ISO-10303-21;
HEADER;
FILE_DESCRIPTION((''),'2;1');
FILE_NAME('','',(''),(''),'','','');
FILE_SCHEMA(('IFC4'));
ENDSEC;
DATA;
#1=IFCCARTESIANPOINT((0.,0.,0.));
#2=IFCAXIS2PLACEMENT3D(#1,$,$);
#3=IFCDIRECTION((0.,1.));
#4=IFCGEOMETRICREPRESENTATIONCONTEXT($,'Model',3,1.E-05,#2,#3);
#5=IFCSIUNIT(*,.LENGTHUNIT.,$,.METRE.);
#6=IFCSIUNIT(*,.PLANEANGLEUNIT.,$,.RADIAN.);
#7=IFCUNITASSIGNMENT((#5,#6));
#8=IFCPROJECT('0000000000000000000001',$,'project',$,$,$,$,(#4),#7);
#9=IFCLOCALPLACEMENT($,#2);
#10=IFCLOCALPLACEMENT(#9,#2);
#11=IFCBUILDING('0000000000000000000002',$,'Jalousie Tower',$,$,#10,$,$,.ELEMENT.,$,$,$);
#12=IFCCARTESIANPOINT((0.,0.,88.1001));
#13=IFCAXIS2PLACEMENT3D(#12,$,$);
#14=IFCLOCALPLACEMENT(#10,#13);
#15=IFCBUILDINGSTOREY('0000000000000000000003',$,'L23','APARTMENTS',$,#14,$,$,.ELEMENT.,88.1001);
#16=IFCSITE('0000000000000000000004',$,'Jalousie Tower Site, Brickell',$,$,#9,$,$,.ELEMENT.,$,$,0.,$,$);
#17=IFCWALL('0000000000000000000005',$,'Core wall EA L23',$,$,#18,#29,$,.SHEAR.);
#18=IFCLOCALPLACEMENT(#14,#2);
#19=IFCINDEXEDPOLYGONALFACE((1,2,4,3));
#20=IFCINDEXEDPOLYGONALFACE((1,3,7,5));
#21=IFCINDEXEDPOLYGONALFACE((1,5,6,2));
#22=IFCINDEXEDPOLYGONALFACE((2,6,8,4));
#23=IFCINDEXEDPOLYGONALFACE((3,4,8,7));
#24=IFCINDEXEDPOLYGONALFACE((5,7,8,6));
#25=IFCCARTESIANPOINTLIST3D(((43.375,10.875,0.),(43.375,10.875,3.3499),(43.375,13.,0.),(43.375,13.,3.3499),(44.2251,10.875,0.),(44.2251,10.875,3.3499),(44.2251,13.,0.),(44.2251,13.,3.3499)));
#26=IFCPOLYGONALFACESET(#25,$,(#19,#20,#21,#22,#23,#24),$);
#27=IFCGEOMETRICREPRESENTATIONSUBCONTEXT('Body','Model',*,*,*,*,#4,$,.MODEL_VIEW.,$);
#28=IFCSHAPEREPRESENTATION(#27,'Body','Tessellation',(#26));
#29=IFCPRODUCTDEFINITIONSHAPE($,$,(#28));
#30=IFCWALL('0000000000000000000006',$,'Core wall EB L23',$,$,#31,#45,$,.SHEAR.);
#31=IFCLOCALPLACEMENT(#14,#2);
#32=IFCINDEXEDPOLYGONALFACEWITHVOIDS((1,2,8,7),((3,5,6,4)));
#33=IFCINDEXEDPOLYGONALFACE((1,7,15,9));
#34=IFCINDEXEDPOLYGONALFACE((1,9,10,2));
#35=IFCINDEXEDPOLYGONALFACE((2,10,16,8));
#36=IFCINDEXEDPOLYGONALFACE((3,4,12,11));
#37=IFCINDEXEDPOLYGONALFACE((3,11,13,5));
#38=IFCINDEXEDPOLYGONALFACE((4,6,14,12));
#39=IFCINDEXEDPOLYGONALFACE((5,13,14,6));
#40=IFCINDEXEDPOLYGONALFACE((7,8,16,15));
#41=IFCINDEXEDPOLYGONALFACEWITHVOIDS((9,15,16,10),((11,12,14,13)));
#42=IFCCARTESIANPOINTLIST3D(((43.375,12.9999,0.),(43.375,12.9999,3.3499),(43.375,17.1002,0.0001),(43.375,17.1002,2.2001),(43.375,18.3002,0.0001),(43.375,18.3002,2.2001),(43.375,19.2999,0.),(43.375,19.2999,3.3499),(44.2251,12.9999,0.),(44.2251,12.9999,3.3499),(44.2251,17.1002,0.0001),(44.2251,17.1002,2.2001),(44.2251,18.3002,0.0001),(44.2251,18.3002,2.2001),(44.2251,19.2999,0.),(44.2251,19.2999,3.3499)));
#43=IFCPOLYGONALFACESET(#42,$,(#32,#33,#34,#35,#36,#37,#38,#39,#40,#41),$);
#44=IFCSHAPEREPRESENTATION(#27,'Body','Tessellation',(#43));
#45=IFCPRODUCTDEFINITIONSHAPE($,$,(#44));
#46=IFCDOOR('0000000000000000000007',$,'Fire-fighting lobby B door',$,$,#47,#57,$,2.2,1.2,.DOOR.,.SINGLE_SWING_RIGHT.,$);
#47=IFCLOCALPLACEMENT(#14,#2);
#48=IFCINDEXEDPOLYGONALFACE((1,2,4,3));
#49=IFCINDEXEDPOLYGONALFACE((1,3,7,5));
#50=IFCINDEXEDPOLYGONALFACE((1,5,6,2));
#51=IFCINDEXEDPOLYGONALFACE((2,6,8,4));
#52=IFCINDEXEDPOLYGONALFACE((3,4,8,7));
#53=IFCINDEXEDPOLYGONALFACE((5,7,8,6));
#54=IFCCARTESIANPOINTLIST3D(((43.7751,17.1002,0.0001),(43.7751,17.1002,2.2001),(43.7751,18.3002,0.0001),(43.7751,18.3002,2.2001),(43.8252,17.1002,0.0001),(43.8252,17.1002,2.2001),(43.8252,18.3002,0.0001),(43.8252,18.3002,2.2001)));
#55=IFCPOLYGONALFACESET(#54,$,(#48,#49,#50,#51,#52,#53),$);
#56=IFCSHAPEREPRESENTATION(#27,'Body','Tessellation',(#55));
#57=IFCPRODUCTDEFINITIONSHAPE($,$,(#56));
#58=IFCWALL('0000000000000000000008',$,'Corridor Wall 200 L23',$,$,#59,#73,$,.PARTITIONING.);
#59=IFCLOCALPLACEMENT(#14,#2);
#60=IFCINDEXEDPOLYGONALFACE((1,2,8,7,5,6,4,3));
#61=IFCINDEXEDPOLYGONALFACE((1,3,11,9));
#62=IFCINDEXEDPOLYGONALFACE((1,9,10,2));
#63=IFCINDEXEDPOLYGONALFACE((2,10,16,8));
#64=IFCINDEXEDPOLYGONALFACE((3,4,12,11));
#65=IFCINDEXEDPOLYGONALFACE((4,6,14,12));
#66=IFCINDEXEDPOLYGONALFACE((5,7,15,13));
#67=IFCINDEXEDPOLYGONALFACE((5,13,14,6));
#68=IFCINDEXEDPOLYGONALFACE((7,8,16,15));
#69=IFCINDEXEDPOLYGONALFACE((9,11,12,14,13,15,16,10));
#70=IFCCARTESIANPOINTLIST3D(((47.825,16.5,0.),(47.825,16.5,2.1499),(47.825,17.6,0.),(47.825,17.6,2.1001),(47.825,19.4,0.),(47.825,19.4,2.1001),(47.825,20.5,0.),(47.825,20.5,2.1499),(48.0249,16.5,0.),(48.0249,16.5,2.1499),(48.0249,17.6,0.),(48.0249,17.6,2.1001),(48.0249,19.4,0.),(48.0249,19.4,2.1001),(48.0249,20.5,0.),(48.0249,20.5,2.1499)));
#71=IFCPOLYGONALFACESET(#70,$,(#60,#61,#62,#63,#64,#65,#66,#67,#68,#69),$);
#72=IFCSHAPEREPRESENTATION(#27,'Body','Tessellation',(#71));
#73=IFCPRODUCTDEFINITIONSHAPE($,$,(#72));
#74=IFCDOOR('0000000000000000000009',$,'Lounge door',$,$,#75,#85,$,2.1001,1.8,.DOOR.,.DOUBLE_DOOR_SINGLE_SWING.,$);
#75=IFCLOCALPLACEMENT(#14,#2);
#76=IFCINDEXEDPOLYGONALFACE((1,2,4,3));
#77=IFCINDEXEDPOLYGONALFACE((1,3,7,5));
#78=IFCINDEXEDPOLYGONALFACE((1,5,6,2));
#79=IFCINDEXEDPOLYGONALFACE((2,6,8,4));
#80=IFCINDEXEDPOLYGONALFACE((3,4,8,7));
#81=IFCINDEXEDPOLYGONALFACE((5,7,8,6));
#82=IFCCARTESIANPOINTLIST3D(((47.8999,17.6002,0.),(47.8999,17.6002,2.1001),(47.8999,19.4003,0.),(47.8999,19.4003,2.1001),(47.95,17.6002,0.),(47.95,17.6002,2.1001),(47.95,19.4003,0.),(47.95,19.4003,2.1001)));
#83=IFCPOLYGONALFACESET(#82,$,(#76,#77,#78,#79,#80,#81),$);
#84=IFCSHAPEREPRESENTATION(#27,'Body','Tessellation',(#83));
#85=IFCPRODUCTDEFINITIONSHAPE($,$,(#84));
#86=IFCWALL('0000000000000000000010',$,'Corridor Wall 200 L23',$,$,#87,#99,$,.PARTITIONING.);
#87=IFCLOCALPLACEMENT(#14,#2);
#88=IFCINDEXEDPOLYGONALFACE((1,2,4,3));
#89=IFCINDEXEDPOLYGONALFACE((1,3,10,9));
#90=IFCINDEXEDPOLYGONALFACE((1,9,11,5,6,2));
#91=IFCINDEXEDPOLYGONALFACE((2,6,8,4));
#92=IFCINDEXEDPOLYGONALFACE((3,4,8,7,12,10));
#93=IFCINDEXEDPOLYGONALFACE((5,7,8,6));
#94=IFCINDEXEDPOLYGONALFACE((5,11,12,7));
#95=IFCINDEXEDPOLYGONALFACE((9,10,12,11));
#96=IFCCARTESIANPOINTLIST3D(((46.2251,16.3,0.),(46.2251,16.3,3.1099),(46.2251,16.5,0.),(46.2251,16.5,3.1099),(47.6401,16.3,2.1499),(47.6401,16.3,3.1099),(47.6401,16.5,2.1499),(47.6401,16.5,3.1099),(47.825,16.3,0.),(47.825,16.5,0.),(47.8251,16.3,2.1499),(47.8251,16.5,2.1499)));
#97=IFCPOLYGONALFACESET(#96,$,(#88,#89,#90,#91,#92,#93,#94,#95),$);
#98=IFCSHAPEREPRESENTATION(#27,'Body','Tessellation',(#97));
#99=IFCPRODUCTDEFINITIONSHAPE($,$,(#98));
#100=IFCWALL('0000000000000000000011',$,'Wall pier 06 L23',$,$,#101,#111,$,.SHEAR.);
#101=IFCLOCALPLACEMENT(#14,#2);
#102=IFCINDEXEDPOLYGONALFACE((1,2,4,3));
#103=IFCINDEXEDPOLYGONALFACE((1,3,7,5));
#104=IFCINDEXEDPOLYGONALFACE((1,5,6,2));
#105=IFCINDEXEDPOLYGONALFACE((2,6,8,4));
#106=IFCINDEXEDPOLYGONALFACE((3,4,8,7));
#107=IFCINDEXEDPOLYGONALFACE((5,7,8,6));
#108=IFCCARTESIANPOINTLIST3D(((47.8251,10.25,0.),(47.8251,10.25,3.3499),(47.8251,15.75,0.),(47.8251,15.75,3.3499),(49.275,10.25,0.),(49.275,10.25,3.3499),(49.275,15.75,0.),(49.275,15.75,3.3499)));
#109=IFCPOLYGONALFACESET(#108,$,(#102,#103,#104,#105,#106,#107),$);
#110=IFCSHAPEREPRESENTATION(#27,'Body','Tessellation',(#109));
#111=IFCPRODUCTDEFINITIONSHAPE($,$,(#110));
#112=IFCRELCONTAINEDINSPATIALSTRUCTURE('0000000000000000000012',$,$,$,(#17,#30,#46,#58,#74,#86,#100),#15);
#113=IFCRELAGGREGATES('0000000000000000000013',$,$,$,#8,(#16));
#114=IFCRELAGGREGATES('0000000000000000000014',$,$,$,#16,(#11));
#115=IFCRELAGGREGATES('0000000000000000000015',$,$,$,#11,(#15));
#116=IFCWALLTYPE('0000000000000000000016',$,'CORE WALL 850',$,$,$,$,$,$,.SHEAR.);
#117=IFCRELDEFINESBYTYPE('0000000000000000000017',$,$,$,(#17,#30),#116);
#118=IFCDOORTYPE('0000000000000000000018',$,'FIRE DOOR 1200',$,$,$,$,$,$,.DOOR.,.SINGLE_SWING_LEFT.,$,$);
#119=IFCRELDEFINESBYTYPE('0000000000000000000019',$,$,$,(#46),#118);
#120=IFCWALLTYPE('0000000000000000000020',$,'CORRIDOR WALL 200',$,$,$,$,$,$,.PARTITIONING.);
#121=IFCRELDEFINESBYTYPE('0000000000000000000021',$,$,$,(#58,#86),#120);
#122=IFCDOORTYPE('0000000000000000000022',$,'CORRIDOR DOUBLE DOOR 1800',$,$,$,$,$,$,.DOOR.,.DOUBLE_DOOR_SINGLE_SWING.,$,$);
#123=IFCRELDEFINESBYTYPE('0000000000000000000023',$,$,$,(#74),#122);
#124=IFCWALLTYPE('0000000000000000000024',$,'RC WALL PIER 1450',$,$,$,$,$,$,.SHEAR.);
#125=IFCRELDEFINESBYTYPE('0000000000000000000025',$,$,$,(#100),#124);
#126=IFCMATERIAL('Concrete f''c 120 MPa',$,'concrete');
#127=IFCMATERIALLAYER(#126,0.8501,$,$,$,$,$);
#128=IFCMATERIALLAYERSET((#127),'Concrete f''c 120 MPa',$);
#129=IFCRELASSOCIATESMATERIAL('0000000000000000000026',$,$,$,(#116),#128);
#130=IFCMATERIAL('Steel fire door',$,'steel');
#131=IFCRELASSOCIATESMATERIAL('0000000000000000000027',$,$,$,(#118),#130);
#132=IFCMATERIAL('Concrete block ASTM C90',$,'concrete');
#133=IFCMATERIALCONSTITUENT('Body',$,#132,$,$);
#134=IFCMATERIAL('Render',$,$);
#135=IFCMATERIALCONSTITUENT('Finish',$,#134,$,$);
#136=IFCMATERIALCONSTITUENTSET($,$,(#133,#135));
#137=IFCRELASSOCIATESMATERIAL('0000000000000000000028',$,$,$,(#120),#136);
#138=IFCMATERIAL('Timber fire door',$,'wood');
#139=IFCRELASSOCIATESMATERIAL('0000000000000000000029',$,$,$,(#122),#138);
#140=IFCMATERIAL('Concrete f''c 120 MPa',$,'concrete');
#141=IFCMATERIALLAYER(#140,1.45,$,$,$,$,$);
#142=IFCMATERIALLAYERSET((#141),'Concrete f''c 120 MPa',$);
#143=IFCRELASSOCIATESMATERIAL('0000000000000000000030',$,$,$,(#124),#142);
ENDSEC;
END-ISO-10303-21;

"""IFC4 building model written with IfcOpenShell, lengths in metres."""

from ifc_helpers import new_model, si_unit, direction, frame, frame_2d, origin, place, context, subcontext, project, spatial, polyline, rectangle, outline, extrude, material, layer, layer_set, constituent, constituent_set, type_object, element, fill, save


model = new_model("IFC4")

# Units and contexts
model_context = context("Model", 3, precision=1e-05, world=origin(), true_north=direction((0.0, 1.0)))
body_context = subcontext(model_context, "Body", "Model", "MODEL_VIEW")
ifc_project = project(units=[si_unit("LENGTHUNIT", "METRE"), si_unit("PLANEANGLEUNIT", "RADIAN")], contexts=[model_context])

# Site, building, storey
site_placement = place(None, origin())
site = spatial("IfcSite", under=ifc_project, at=site_placement, Name="Jalousie Tower Site, Brickell", CompositionType="ELEMENT", RefElevation=0.0)
building_placement = place(site_placement, origin())
building = spatial("IfcBuilding", under=site, at=building_placement, Name="Jalousie Tower", CompositionType="ELEMENT")
storey_placement = place(building_placement, frame((0.0, 0.0, 88.1001)))
storey = spatial("IfcBuildingStorey", under=building, at=storey_placement, Name="L23", Description="APARTMENTS", CompositionType="ELEMENT", Elevation=88.1001)

# Wall
ifc_material_1 = material(Name="Concrete f'c 120 MPa", Category="concrete")
ifc_layer_1 = layer(ifc_material_1, 0.8501)
ifc_layer_set_1 = layer_set([ifc_layer_1], Name="Concrete f'c 120 MPa")
wall_type_1 = type_object("IfcWallType", Name="CORE WALL 850", PredefinedType="SHEAR", material=ifc_layer_set_1)
wall_1_placement = place(storey_placement, frame((43.8, 10.875, 0.0), z_axis=(0.0, 0.0, 1.0), x_axis=(0.0, 1.0, 0.0)))
element("IfcWall", 1, at=wall_1_placement, inside=storey, type_object=wall_type_1, Name="Core wall EA L23", PredefinedType="SHEAR", context=body_context, shape_type="SweptSolid", body=[
    extrude(rectangle(XDim=2.125, YDim=0.8501, at=frame_2d((1.0625, 0.0))), origin(), (0.0, 0.0, 1.0), 3.3499),
])

# Walls, openings, doors
wall_2_placement = place(storey_placement, frame((43.8, 13.0, 0.0), z_axis=(0.0, 0.0, 1.0), x_axis=(0.0, 1.0, 0.0)))
wall_2 = element("IfcWall", 2, at=wall_2_placement, inside=storey, type_object=wall_type_1, Name="Core wall EB L23", PredefinedType="SHEAR", context=body_context, shape_type="SweptSolid", body=[
    extrude(rectangle(XDim=6.3, YDim=0.8501, at=frame_2d((3.1499, 0.0))), origin(), (0.0, 0.0, 1.0), 3.3499),
])
opening_1_placement = place(wall_2_placement, frame((4.1001, 0.0, 0.0)))
opening_1 = element("IfcOpeningElement", 3, at=opening_1_placement, cuts=wall_2, PredefinedType="OPENING", context=body_context, shape_type="SweptSolid", body=[
    extrude(rectangle(XDim=1.2, YDim=2.2, at=frame_2d((0.6001, 1.1001))), frame((0.0, 0.4351, 0.0), z_axis=(0.0, -1.0, 0.0), x_axis=(1.0, 0.0, 0.0)), (0.0, 0.0, 1.0), 0.8701),
])
ifc_material_2 = material(Name="Steel fire door", Category="steel")
door_type_1 = type_object("IfcDoorType", Name="FIRE DOOR 1200", OperationType="SINGLE_SWING_LEFT", PredefinedType="DOOR", material=ifc_material_2)
door_1_placement = place(opening_1_placement, origin())
door_1 = element("IfcDoor", 4, at=door_1_placement, inside=storey, type_object=door_type_1, Name="Fire-fighting lobby B door", OperationType="SINGLE_SWING_RIGHT", OverallHeight=2.2, OverallWidth=1.2, PredefinedType="DOOR", context=body_context, shape_type="SweptSolid", body=[
    extrude(rectangle(XDim=1.2, YDim=2.2, at=frame_2d((0.6001, 1.1001))), frame((0.0, 0.0249, 0.0), z_axis=(0.0, -1.0, 0.0), x_axis=(1.0, 0.0, 0.0)), (0.0, 0.0, 1.0), 0.05),
])
fill(opening_1, door_1)
ifc_material_3 = material(Name="Concrete block ASTM C90", Category="concrete")
ifc_constituent_1 = constituent(ifc_material_3, Name="Body")
ifc_material_4 = material(Name="Render")
ifc_constituent_2 = constituent(ifc_material_4, Name="Finish")
ifc_constituent_set = constituent_set(constituents=[ifc_constituent_1, ifc_constituent_2])
wall_type_2 = type_object("IfcWallType", Name="CORRIDOR WALL 200", PredefinedType="PARTITIONING", material=ifc_constituent_set)
wall_3_placement = place(storey_placement, frame((47.925, 16.5, 0.0), z_axis=(0.0, 0.0, 1.0), x_axis=(0.0, 1.0, 0.0)))
wall_3 = element("IfcWall", 5, at=wall_3_placement, inside=storey, type_object=wall_type_2, Name="Corridor Wall 200 L23", PredefinedType="PARTITIONING", context=body_context, shape_type="SweptSolid", body=[
    extrude(outline(polyline([(0.0, 0.0), (4.0, 0.0), (4.0, 3.1099), (4.0, 2.1499), (0.0, 2.1499), (0.0, 3.1099), (0.0, 0.0)])), frame((0.0, 0.1001, 0.0), z_axis=(0.0, -1.0, 0.0), x_axis=(1.0, 0.0, 0.0)), (0.0, 0.0, 1.0), 0.2),
])
opening_2_placement = place(wall_3_placement, frame((1.1001, 0.0, 0.0)))
opening_2 = element("IfcOpeningElement", 6, at=opening_2_placement, cuts=wall_3, PredefinedType="OPENING", context=body_context, shape_type="SweptSolid", body=[
    extrude(rectangle(XDim=1.8, YDim=2.1001, at=frame_2d((0.8999, 1.05))), frame((0.0, 0.1099, 0.0), z_axis=(0.0, -1.0, 0.0), x_axis=(1.0, 0.0, 0.0)), (0.0, 0.0, 1.0), 0.22),
])
ifc_material_5 = material(Name="Timber fire door", Category="wood")
door_type_2 = type_object("IfcDoorType", Name="CORRIDOR DOUBLE DOOR 1800", OperationType="DOUBLE_DOOR_SINGLE_SWING", PredefinedType="DOOR", material=ifc_material_5)
door_2_placement = place(opening_2_placement, frame((1.8, 0.0, 0.0), z_axis=(0.0, 0.0, 1.0), x_axis=(-1.0, 0.0, 0.0)))
door_2 = element("IfcDoor", 7, at=door_2_placement, inside=storey, type_object=door_type_2, Name="Lounge door", OperationType="DOUBLE_DOOR_SINGLE_SWING", OverallHeight=2.1001, OverallWidth=1.8, PredefinedType="DOOR", context=body_context, shape_type="SweptSolid", body=[
    extrude(rectangle(XDim=1.8, YDim=2.1001, at=frame_2d((0.8999, 1.05))), frame((0.0, 0.0249, 0.0), z_axis=(0.0, -1.0, 0.0), x_axis=(1.0, 0.0, 0.0)), (0.0, 0.0, 1.0), 0.05),
])
fill(opening_2, door_2)

# Walls
wall_4_placement = place(storey_placement, frame((46.2251, 16.3999, 0.0), z_axis=(0.0, 0.0, 1.0), x_axis=(1.0, 0.0, 0.0)))
element("IfcWall", 8, at=wall_4_placement, inside=storey, type_object=wall_type_2, Name="Corridor Wall 200 L23", PredefinedType="PARTITIONING", context=body_context, shape_type="SweptSolid", body=[
    extrude(outline(polyline([(0.0, 0.0), (1.5999, 0.0), (1.6001, 3.1099), (1.6001, 2.1499), (1.415, 2.1499), (1.415, 3.1099), (0.0, 3.1099), (0.0, 0.0)])), frame((0.0, 0.1001, 0.0), z_axis=(0.0, -1.0, 0.0), x_axis=(1.0, 0.0, 0.0)), (0.0, 0.0, 1.0), 0.2),
])
ifc_material_6 = material(Name="Concrete f'c 120 MPa", Category="concrete")
ifc_layer_2 = layer(ifc_material_6, 1.45)
ifc_layer_set_2 = layer_set([ifc_layer_2], Name="Concrete f'c 120 MPa")
wall_type_3 = type_object("IfcWallType", Name="RC WALL PIER 1450", PredefinedType="SHEAR", material=ifc_layer_set_2)
wall_5_placement = place(storey_placement, frame((48.55, 10.25, 0.0), z_axis=(0.0, 0.0, 1.0), x_axis=(0.0, 1.0, 0.0)))
element("IfcWall", 9, at=wall_5_placement, inside=storey, type_object=wall_type_3, Name="Wall pier 06 L23", PredefinedType="SHEAR", context=body_context, shape_type="SweptSolid", body=[
    extrude(rectangle(XDim=5.5, YDim=1.45, at=frame_2d((2.75, 0.0))), origin(), (0.0, 0.0, 1.0), 3.3499),
])

save(model, "model.ifc")
